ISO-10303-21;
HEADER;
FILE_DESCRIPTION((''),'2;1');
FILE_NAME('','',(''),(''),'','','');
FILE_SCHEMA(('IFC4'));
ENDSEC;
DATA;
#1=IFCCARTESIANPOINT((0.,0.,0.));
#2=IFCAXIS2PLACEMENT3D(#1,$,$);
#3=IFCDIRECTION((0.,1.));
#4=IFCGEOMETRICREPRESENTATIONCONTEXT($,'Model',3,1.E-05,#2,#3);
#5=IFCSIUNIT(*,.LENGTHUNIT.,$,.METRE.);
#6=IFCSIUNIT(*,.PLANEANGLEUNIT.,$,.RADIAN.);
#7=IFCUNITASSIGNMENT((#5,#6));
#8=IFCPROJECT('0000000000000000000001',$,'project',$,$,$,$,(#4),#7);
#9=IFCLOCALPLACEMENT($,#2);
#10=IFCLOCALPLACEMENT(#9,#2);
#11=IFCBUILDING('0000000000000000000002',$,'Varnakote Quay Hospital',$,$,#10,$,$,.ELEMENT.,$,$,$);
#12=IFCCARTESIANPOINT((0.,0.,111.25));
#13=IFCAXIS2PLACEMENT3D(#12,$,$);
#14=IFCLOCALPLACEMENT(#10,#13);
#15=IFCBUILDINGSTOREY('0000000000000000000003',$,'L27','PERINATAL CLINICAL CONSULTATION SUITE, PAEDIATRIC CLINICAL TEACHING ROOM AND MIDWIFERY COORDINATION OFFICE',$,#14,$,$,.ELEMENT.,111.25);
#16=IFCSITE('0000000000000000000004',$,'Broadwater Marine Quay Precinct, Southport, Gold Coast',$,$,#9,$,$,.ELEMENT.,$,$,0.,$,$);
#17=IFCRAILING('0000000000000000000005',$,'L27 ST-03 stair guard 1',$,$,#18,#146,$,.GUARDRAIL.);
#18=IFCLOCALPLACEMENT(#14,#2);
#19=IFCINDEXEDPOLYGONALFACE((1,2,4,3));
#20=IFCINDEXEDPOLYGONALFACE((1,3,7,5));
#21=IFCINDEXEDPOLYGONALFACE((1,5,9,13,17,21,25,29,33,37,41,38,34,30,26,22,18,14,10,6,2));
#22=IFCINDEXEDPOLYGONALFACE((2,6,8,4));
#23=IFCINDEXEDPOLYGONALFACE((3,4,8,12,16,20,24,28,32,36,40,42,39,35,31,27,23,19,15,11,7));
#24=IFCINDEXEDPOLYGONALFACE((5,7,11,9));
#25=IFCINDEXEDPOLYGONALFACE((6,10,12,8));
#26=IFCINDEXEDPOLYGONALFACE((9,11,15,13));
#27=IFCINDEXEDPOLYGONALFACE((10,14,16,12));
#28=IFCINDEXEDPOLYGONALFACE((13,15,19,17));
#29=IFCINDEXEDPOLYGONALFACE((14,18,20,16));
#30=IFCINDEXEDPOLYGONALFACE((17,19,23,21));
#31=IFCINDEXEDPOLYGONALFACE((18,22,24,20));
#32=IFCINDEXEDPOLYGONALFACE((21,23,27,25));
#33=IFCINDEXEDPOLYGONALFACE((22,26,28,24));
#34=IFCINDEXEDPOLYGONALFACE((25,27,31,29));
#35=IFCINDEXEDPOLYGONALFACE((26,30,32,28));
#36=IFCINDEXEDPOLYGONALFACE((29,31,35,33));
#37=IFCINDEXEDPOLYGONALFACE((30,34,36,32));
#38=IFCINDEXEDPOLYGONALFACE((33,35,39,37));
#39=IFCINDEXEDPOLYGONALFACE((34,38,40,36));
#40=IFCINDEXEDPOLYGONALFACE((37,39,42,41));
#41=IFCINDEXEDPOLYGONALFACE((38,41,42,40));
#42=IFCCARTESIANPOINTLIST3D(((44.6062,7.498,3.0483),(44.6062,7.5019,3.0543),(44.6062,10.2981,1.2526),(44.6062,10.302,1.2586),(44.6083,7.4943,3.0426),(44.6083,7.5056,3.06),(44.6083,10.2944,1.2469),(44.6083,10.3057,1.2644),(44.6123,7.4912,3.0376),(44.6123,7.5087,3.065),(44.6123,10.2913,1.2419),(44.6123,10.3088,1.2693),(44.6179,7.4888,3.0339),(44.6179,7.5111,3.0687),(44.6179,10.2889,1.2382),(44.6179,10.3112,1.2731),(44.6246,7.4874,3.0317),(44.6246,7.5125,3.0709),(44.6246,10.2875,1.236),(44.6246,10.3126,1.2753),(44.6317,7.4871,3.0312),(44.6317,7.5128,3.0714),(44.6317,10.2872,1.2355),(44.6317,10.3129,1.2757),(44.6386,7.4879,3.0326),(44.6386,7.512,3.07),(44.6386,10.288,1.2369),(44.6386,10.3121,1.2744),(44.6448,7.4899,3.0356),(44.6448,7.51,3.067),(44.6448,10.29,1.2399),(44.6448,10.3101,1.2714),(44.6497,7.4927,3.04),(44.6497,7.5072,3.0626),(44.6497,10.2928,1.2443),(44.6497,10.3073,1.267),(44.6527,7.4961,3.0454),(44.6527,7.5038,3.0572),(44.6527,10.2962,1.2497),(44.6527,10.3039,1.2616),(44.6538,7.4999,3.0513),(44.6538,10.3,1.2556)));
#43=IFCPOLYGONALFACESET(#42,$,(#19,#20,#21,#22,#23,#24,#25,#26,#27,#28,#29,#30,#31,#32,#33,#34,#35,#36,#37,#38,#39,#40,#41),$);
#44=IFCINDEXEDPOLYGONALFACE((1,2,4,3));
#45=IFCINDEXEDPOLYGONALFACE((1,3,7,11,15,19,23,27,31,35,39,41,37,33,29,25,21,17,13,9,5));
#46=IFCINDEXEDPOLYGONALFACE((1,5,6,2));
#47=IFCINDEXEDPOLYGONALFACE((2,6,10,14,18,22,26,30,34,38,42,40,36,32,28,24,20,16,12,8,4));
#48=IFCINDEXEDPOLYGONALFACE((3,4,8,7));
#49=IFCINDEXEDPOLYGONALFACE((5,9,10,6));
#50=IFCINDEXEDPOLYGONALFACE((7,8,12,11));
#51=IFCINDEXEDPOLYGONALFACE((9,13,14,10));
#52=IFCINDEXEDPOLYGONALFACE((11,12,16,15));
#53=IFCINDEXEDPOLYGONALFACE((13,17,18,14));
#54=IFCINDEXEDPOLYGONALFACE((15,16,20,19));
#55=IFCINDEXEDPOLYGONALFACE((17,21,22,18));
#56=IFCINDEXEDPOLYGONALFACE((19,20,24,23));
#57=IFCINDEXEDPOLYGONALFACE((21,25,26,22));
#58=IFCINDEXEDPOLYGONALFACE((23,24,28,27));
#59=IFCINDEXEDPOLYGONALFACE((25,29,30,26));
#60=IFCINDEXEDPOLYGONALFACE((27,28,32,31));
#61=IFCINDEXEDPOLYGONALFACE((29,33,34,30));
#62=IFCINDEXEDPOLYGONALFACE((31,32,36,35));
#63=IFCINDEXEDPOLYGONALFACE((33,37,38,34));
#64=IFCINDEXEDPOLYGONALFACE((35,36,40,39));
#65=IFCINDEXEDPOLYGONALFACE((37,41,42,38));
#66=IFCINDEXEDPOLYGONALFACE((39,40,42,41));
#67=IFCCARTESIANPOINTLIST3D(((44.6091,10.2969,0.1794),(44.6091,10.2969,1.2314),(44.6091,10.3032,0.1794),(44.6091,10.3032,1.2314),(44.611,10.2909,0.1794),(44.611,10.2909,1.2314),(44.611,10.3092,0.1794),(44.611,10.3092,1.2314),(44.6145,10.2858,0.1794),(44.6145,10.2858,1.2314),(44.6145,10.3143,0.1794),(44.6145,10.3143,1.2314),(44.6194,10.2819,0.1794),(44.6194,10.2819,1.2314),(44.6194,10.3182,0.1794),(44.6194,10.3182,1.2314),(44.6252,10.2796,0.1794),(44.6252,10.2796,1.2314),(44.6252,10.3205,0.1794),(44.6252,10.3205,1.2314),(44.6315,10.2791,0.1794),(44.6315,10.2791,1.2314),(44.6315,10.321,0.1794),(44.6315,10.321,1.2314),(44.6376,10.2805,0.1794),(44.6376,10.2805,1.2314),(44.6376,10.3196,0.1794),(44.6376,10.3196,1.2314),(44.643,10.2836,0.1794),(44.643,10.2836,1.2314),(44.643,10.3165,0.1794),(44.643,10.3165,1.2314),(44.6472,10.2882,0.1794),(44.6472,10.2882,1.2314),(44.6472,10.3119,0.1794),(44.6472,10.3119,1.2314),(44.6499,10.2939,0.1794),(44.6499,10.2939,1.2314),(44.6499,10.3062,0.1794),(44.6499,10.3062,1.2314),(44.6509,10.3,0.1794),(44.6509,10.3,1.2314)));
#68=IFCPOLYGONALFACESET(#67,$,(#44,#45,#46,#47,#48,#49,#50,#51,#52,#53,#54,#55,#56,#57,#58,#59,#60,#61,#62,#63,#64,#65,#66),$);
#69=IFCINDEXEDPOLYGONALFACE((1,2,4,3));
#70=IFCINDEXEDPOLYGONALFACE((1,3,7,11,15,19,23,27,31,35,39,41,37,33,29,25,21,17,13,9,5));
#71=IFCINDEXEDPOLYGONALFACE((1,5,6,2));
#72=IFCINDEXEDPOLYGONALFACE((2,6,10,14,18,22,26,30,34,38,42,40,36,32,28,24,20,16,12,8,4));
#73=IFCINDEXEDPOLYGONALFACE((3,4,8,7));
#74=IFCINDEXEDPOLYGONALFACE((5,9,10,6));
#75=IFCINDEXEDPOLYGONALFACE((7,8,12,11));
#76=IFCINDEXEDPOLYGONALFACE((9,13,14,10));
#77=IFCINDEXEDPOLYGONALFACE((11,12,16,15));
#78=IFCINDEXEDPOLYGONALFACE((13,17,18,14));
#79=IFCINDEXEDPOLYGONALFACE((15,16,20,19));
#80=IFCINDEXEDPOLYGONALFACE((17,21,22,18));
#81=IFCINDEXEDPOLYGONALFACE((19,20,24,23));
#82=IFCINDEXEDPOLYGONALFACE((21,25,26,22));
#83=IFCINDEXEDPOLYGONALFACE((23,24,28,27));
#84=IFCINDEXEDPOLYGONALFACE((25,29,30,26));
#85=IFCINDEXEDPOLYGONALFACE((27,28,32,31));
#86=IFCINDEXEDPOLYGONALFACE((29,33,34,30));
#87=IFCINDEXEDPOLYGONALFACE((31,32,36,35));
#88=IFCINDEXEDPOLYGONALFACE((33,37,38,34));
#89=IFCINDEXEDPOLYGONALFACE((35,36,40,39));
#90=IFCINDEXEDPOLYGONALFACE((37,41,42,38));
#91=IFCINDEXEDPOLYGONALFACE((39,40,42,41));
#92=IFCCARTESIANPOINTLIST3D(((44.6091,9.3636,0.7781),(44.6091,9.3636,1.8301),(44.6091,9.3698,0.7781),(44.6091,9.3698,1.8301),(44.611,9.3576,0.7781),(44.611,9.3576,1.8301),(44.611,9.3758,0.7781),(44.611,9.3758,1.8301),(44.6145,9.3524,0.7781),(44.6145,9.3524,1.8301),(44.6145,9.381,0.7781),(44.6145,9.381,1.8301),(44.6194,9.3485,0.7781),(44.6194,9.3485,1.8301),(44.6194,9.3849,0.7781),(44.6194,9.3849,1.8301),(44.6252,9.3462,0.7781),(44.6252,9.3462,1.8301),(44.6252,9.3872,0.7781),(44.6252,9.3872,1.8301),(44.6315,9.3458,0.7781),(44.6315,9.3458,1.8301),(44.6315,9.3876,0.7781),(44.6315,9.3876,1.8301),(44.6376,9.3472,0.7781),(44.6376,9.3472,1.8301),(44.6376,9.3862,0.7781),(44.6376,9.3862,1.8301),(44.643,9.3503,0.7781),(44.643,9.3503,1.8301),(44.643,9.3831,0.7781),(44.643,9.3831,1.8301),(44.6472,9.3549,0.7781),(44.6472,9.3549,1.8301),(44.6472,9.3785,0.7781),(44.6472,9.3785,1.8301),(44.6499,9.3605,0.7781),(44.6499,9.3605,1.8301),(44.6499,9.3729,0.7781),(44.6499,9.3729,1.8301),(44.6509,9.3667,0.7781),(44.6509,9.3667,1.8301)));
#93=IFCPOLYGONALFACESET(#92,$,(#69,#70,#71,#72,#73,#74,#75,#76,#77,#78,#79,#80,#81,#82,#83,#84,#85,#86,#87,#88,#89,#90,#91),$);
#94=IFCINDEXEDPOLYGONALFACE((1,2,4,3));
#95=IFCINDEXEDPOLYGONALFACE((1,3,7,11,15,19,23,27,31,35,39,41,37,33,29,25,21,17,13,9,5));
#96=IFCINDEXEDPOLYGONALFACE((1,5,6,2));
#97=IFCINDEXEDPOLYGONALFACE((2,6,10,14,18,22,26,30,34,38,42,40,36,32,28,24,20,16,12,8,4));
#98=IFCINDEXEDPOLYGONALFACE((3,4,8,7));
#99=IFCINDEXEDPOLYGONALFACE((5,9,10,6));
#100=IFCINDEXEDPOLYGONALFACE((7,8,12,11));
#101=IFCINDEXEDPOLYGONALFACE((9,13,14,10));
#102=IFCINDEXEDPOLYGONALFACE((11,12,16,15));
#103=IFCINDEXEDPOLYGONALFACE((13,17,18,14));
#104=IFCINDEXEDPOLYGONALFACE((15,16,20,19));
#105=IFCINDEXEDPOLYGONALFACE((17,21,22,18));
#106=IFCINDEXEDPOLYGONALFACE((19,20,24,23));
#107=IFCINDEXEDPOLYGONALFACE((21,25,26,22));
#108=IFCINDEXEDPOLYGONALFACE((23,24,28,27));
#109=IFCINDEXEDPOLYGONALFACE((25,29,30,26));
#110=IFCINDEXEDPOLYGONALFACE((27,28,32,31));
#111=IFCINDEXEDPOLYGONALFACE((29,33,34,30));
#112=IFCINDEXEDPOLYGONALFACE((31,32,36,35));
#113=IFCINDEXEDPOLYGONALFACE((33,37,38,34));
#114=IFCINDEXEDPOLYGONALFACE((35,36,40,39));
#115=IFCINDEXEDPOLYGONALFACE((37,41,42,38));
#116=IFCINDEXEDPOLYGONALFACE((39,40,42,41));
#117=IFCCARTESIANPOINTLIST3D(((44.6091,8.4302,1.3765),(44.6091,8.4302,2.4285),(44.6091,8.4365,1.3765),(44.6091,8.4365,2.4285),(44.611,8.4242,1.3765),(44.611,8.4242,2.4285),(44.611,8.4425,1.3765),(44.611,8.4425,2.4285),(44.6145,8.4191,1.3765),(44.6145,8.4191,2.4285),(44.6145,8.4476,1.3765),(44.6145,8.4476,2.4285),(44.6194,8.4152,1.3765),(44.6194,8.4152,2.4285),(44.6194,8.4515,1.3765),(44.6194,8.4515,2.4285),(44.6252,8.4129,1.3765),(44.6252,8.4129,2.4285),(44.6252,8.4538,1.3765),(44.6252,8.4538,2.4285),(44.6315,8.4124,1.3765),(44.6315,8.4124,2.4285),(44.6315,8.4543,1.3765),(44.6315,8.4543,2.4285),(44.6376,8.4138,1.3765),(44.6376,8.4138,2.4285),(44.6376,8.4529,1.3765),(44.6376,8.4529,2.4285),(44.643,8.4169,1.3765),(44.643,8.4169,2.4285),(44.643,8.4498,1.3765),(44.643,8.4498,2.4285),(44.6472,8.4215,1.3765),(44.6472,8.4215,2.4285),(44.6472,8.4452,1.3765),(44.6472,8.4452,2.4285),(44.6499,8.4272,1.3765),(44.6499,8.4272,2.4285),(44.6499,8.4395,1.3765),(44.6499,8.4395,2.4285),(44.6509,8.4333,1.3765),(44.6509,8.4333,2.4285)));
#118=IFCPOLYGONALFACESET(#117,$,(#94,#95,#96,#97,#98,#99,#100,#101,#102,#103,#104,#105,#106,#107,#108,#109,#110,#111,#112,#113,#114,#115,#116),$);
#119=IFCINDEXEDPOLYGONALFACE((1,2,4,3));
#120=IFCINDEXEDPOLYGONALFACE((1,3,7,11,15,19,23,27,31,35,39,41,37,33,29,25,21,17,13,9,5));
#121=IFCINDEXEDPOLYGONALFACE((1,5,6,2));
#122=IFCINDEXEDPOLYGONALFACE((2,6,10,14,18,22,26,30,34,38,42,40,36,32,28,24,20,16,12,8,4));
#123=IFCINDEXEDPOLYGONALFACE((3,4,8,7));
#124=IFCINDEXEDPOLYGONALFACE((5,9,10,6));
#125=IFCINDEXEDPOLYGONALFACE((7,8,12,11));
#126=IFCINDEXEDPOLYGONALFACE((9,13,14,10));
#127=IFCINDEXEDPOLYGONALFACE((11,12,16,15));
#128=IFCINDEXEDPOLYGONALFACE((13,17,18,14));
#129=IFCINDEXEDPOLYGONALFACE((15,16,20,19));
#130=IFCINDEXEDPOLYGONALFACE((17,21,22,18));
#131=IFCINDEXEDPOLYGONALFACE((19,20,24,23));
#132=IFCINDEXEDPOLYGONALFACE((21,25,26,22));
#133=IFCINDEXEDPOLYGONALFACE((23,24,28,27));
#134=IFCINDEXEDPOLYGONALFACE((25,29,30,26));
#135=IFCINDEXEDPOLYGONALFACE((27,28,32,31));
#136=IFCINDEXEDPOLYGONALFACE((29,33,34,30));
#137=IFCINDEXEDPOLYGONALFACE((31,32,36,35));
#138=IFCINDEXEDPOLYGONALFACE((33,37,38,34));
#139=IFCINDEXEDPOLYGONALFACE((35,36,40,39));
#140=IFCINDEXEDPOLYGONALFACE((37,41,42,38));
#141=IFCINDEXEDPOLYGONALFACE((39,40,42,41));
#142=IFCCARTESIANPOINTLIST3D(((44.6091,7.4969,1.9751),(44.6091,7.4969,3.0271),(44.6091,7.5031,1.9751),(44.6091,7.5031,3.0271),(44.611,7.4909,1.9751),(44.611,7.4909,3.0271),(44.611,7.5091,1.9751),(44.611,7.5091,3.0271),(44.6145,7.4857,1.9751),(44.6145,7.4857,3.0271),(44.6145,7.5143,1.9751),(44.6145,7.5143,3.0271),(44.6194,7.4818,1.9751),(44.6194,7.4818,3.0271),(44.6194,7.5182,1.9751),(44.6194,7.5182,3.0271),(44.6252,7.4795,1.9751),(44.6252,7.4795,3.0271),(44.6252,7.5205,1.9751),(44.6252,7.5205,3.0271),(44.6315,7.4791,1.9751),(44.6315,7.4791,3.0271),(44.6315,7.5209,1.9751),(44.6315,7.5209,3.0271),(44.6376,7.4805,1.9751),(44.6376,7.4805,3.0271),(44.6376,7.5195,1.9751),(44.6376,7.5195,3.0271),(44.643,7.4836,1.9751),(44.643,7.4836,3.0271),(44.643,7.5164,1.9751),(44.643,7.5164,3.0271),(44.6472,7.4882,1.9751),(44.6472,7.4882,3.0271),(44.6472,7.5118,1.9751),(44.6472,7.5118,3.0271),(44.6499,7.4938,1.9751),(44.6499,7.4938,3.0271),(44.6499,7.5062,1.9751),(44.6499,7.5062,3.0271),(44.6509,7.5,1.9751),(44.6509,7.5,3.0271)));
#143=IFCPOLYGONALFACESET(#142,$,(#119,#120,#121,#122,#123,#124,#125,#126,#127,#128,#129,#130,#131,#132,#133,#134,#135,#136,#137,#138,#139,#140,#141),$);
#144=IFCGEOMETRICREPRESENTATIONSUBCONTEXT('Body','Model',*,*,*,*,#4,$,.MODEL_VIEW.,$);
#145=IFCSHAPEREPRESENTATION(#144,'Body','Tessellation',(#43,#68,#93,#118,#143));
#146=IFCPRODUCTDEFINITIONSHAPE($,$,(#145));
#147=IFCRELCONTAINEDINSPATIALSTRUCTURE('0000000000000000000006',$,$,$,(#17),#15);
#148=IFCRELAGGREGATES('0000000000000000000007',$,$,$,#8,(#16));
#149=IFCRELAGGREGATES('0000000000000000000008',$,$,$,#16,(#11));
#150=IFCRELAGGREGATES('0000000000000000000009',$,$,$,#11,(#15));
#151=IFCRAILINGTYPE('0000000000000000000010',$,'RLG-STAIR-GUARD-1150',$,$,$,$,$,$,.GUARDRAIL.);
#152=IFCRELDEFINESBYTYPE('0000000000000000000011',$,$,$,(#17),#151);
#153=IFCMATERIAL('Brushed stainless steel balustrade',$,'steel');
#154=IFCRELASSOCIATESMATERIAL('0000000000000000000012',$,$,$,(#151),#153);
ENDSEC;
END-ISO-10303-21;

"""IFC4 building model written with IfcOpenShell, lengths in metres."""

from ifc_helpers import new_model, si_unit, direction, frame, origin, origin_2d, place, context, subcontext, project, spatial, circle, extrude, material, type_object, element, save


model = new_model("IFC4")

# Units and contexts
model_context = context("Model", 3, precision=1e-05, world=origin(), true_north=direction((0.0, 1.0)))
body_context = subcontext(model_context, "Body", "Model", "MODEL_VIEW")
ifc_project = project(units=[si_unit("LENGTHUNIT", "METRE"), si_unit("PLANEANGLEUNIT", "RADIAN")], contexts=[model_context])

# Site, building, storey
site_placement = place(None, origin())
site = spatial("IfcSite", under=ifc_project, at=site_placement, Name="Broadwater Marine Quay Precinct, Southport, Gold Coast", CompositionType="ELEMENT", RefElevation=0.0)
building_placement = place(site_placement, origin())
building = spatial("IfcBuilding", under=site, at=building_placement, Name="Varnakote Quay Hospital", CompositionType="ELEMENT")
storey_placement = place(building_placement, frame((0.0, 0.0, 111.25)))
storey = spatial("IfcBuildingStorey", under=building, at=storey_placement, Name="L27", Description="PERINATAL CLINICAL CONSULTATION SUITE, PAEDIATRIC CLINICAL TEACHING ROOM AND MIDWIFERY COORDINATION OFFICE", CompositionType="ELEMENT", Elevation=111.25)

# Railing
ifc_material_1 = material(Name="Brushed stainless steel balustrade", Category="steel")
railing_type_1 = type_object("IfcRailingType", Name="RLG-STAIR-GUARD-1150", PredefinedType="GUARDRAIL", material=ifc_material_1)
railing_1_placement = place(storey_placement, frame((44.6299, 10.3, 0.1794)))
element("IfcRailing", 1, at=railing_1_placement, inside=storey, type_object=railing_type_1, Name="L27 ST-03 stair guard 1", PredefinedType="GUARDRAIL", context=body_context, shape_type="SweptSolid", body=[
    extrude(circle(Radius=0.0239, at=origin_2d()), frame((0.0, 0.0, 1.0762), z_axis=(0.0, -0.841777, 0.539826), x_axis=(1.0, 0.0, 0.0)), (0.0, 0.0, 1.0), 3.3264),
    extrude(circle(Radius=0.021, at=origin_2d()), origin(), (0.0, 0.0, 1.0), 1.052),
    extrude(circle(Radius=0.021, at=origin_2d()), frame((0.0, -0.9333, 0.5986)), (0.0, 0.0, 1.0), 1.052),
    extrude(circle(Radius=0.021, at=origin_2d()), frame((0.0, -1.8667, 1.197)), (0.0, 0.0, 1.0), 1.052),
    extrude(circle(Radius=0.021, at=origin_2d()), frame((0.0, -2.8, 1.7957)), (0.0, 0.0, 1.0), 1.052),
])

save(model, "model.ifc")
